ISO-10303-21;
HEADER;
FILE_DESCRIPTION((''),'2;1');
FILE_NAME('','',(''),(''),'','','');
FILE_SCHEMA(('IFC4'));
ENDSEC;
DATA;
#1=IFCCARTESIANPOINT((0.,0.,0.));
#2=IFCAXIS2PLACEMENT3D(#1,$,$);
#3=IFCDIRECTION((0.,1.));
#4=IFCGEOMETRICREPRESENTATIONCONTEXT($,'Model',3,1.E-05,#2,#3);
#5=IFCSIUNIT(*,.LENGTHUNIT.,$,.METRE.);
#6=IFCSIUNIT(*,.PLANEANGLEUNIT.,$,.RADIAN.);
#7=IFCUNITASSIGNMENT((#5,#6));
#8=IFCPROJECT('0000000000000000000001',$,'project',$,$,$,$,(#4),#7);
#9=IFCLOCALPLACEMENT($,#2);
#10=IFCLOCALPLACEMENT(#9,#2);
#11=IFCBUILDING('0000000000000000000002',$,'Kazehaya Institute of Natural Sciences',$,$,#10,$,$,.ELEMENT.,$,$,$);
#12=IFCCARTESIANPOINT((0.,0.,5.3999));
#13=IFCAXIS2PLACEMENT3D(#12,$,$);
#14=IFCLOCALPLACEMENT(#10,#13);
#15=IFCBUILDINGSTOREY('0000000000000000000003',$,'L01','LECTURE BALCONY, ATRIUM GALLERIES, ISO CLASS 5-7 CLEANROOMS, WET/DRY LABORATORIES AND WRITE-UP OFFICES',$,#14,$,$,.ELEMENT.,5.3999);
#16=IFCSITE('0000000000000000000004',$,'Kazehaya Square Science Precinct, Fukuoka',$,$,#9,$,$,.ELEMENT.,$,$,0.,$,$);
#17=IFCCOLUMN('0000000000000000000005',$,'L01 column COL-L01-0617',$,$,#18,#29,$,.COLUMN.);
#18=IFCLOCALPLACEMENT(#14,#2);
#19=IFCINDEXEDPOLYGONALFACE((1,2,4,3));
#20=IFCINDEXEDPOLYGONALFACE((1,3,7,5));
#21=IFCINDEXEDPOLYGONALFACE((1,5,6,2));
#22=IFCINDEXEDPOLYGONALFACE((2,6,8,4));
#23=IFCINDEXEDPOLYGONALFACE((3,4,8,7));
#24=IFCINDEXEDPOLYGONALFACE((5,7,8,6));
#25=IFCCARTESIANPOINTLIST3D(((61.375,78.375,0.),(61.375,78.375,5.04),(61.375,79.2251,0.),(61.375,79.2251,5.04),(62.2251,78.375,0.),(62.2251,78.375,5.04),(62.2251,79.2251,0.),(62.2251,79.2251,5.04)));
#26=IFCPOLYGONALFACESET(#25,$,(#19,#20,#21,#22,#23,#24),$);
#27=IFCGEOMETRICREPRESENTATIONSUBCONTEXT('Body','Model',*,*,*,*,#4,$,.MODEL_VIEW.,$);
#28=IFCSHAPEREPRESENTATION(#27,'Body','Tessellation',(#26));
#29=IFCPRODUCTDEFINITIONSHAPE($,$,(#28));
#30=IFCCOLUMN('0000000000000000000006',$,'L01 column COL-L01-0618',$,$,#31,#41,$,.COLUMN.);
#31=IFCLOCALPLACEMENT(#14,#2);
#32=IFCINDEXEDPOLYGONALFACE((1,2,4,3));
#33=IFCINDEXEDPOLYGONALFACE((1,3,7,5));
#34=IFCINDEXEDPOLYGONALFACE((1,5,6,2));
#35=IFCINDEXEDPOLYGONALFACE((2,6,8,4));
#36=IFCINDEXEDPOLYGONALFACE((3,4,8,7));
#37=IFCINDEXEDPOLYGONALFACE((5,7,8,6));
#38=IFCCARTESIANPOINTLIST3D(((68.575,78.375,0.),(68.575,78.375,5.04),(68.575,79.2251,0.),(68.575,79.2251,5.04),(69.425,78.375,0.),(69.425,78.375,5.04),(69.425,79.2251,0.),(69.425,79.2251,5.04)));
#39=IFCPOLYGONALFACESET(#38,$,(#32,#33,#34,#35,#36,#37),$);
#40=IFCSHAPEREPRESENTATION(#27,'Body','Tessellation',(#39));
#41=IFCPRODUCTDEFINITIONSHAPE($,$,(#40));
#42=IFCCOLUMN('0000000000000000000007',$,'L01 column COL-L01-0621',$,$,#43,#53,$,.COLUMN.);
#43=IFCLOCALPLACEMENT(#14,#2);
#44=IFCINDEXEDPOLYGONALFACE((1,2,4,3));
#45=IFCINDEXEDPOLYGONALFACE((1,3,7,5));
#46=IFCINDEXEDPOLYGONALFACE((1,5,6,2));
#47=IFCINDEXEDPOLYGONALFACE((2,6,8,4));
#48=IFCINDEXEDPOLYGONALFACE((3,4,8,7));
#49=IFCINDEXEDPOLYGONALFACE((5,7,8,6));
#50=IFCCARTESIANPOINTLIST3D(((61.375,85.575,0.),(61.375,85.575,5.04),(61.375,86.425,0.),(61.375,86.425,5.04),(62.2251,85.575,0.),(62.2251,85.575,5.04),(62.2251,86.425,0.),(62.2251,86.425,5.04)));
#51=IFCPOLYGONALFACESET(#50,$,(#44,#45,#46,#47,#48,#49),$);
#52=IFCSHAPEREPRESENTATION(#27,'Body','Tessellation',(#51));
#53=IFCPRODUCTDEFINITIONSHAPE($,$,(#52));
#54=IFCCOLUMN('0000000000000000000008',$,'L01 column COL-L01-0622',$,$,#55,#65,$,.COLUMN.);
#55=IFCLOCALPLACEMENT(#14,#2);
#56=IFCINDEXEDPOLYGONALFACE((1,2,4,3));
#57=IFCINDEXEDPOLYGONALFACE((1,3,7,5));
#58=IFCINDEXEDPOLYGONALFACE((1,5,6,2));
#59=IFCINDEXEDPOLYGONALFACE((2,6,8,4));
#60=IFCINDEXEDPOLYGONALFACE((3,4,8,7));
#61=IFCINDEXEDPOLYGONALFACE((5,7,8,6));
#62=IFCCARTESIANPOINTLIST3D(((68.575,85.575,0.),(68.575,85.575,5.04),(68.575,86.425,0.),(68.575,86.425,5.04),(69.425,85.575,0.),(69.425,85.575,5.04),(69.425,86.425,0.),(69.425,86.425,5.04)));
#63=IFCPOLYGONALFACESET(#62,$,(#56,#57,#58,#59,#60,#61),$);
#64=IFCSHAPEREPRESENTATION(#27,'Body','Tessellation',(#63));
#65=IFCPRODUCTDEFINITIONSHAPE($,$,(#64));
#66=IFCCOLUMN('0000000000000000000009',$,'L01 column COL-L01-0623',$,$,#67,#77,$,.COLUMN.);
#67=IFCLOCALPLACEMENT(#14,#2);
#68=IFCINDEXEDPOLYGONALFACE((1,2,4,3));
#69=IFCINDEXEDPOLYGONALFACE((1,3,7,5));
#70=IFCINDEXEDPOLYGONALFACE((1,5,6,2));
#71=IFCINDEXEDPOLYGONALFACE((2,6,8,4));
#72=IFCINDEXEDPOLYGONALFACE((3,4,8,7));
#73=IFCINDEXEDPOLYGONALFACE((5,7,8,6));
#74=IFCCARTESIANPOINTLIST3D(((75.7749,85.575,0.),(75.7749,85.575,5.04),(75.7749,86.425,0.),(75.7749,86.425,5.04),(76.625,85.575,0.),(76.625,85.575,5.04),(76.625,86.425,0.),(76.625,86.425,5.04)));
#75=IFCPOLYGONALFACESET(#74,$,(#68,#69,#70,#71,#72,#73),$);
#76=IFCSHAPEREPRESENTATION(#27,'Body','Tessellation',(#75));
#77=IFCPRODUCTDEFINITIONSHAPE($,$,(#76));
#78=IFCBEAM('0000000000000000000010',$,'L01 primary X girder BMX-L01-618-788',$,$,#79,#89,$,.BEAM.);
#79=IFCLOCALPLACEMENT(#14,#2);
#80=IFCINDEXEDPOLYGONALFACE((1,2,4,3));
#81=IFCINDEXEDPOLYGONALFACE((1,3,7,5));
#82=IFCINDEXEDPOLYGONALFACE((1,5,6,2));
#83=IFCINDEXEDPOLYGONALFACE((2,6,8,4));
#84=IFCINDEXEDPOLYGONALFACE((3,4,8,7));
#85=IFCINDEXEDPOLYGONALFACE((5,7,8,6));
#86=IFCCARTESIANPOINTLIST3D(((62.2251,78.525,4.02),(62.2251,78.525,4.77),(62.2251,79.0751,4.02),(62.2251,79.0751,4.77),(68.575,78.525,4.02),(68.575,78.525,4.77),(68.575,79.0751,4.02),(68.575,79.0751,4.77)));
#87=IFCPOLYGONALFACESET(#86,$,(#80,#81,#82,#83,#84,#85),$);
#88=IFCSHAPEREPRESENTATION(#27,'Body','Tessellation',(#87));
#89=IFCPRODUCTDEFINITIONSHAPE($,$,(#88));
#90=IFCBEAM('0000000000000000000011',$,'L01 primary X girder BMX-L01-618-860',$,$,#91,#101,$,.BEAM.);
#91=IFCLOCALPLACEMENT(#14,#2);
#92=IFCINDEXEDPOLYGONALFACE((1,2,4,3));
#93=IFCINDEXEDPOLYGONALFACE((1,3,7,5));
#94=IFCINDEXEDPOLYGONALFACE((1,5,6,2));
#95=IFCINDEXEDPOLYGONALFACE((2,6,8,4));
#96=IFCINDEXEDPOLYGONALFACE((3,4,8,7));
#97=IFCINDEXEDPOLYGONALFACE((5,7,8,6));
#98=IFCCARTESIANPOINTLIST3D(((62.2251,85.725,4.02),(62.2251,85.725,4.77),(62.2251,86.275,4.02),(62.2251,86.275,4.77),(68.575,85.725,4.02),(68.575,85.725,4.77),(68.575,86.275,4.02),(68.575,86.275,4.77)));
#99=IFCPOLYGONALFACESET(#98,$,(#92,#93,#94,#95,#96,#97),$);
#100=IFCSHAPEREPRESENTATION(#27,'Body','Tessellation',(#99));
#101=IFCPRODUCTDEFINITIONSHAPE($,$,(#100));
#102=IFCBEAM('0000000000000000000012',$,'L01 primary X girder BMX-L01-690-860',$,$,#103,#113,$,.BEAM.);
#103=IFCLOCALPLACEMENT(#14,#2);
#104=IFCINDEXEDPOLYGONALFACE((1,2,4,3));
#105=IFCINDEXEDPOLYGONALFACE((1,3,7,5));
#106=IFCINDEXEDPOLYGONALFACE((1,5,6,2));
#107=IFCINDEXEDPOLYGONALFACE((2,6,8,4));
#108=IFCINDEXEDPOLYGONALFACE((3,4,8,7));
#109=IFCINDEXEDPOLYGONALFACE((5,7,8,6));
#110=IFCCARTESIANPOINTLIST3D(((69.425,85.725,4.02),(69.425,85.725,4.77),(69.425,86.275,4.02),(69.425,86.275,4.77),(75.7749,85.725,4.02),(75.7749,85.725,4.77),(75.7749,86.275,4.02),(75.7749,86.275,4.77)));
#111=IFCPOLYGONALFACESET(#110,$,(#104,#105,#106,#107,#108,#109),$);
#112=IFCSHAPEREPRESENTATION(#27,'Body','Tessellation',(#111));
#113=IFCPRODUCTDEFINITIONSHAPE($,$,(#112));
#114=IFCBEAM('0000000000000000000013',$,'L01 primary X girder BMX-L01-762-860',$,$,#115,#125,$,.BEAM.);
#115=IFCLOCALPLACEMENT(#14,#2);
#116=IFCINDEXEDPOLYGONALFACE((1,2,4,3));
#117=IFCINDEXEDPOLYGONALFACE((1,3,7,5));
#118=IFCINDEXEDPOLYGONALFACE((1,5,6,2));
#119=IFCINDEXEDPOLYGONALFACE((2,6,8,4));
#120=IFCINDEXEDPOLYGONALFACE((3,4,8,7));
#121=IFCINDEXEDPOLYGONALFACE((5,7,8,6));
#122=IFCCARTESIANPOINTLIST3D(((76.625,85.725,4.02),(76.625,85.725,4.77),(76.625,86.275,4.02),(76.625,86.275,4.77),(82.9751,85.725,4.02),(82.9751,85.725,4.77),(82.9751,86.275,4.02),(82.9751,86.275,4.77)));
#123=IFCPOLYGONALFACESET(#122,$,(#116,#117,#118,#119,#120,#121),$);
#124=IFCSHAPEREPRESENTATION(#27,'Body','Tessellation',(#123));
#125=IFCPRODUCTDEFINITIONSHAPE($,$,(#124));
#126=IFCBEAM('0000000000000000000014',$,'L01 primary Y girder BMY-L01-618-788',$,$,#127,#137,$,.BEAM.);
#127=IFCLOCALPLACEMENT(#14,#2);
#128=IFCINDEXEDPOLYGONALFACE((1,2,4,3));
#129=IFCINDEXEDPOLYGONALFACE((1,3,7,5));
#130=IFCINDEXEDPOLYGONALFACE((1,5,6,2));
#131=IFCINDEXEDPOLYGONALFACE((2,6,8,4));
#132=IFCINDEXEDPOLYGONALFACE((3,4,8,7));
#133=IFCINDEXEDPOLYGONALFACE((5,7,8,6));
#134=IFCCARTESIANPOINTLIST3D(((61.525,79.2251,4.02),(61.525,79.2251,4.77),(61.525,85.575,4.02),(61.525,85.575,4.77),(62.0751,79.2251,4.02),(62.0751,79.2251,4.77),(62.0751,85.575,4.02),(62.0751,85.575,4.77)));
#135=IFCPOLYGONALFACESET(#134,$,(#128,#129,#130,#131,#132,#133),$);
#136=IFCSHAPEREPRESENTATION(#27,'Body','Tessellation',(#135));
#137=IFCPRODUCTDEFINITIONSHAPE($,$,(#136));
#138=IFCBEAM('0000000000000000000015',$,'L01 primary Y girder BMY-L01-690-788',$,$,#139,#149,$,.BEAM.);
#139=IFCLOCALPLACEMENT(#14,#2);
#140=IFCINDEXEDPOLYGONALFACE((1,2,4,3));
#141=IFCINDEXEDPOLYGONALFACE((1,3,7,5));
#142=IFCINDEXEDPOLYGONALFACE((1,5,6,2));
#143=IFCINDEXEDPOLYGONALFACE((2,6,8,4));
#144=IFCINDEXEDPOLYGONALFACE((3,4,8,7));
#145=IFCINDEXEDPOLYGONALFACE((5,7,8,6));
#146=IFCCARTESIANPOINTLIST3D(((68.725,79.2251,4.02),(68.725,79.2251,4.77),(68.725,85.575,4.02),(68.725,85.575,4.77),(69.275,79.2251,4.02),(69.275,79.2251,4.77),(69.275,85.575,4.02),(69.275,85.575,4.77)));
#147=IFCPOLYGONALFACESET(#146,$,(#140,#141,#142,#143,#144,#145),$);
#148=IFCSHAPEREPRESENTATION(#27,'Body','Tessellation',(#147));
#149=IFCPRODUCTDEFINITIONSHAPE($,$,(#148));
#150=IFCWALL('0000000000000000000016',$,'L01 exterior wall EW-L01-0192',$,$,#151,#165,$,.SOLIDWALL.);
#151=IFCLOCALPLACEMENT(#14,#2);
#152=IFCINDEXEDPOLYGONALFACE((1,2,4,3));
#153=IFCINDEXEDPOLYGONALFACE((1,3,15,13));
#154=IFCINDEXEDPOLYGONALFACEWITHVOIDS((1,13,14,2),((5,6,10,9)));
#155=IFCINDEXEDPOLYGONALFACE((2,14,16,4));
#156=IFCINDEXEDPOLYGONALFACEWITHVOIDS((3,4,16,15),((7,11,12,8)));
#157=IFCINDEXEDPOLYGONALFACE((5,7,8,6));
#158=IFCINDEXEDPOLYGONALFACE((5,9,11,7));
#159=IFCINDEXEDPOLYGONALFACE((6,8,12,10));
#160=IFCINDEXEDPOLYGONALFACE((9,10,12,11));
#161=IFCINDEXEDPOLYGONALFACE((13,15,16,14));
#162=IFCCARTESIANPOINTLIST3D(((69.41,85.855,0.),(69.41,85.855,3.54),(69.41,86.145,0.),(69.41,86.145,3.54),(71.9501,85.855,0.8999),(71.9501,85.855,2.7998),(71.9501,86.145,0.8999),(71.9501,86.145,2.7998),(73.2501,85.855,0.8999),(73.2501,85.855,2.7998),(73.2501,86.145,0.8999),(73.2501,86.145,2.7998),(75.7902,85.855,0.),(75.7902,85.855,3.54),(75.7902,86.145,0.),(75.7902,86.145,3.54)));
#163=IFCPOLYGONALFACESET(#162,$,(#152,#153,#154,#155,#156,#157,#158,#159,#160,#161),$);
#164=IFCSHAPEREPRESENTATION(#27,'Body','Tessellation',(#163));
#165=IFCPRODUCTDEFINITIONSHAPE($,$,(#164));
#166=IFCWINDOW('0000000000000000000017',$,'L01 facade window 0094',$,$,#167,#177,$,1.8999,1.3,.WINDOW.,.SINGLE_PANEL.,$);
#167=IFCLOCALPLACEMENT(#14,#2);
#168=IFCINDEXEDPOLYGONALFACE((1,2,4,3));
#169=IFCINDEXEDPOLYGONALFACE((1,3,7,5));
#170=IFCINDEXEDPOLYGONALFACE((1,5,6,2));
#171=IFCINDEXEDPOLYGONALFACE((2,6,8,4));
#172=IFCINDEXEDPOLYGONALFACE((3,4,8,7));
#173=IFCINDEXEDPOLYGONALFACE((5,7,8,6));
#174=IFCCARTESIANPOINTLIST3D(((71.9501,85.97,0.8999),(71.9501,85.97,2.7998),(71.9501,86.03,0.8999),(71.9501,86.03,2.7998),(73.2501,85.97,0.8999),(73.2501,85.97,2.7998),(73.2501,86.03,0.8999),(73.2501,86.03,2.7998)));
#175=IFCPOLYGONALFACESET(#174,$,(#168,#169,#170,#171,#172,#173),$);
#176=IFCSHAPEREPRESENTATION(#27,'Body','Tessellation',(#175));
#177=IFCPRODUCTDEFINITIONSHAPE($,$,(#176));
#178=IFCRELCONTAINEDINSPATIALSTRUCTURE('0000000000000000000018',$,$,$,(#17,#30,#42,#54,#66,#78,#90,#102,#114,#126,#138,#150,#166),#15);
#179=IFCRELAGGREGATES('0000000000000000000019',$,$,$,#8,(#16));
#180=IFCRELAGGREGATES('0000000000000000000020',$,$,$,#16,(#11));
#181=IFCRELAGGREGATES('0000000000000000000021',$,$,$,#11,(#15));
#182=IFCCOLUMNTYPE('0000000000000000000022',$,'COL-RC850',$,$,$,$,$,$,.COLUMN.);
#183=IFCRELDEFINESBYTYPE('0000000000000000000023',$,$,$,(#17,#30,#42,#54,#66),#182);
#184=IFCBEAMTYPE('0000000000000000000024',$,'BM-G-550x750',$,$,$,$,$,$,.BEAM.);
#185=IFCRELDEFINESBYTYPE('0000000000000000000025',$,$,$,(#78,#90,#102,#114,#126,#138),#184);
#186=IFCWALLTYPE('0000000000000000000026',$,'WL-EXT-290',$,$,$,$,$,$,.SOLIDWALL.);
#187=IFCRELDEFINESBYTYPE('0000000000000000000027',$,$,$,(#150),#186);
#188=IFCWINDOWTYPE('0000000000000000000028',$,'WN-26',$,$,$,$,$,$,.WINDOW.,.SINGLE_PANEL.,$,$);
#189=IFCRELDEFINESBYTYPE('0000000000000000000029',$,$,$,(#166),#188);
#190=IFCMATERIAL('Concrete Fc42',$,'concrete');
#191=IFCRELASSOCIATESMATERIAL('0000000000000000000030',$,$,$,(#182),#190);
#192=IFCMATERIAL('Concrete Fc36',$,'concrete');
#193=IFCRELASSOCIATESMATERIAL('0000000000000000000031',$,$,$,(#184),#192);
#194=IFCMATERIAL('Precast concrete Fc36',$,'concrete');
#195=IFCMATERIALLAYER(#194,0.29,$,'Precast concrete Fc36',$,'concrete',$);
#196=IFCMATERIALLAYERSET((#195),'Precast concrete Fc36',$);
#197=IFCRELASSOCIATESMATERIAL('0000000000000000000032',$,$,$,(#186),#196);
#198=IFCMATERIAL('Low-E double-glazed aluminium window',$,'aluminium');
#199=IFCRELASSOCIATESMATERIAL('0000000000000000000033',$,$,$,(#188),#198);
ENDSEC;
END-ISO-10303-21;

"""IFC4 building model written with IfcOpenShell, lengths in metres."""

from ifc_helpers import new_model, si_unit, direction, frame, frame_2d, origin, origin_2d, place, context, subcontext, project, spatial, rectangle, extrude, material, layer, layer_set, material_profile, profile_set, type_object, element, fill, save


model = new_model("IFC4")

# Units and contexts
model_context = context("Model", 3, precision=1e-05, world=origin(), true_north=direction((0.0, 1.0)))
body_context = subcontext(model_context, "Body", "Model", "MODEL_VIEW")
ifc_project = project(units=[si_unit("LENGTHUNIT", "METRE"), si_unit("PLANEANGLEUNIT", "RADIAN")], contexts=[model_context])

# Site, building, storey
site_placement = place(None, origin())
site = spatial("IfcSite", under=ifc_project, at=site_placement, Name="Kazehaya Square Science Precinct, Fukuoka", CompositionType="ELEMENT", RefElevation=0.0)
building_placement = place(site_placement, origin())
building = spatial("IfcBuilding", under=site, at=building_placement, Name="Kazehaya Institute of Natural Sciences", CompositionType="ELEMENT")
storey_placement = place(building_placement, frame((0.0, 0.0, 5.3999)))
storey = spatial("IfcBuildingStorey", under=building, at=storey_placement, Name="L01", Description="LECTURE BALCONY, ATRIUM GALLERIES, ISO CLASS 5-7 CLEANROOMS, WET/DRY LABORATORIES AND WRITE-UP OFFICES", CompositionType="ELEMENT", Elevation=5.3999)

# Columns
ifc_material_1 = material(Name="Concrete Fc42", Category="concrete")
ifc_material_profile_1 = material_profile(ifc_material_1, rectangle(XDim=0.8501, YDim=0.8501, at=origin_2d()), Name="RC-850x850")
ifc_profile_set_1 = profile_set([ifc_material_profile_1], Name="Concrete Fc42")
column_type = type_object("IfcColumnType", Name="COL-RC850", PredefinedType="COLUMN", material=ifc_profile_set_1)
for number, where, z_axis, x_axis, name in (
    (1, (61.8, 78.8, 0.0), (0.0, 0.0, 1.0), (1.0, 0.0, 0.0), "L01 column COL-L01-0617"),
    (2, (69.0, 78.8, 0.0), (0.0, 0.0, 1.0), (1.0, 0.0, 0.0), "L01 column COL-L01-0618"),
    (3, (61.8, 86.0, 0.0), (0.0, 0.0, 1.0), (1.0, 0.0, 0.0), "L01 column COL-L01-0621"),
    (4, (69.0, 86.0, 0.0), (0.0, 0.0, 1.0), (1.0, 0.0, 0.0), "L01 column COL-L01-0622"),
    (5, (76.2, 86.0, 0.0), (0.0, 0.0, 1.0), (1.0, 0.0, 0.0), "L01 column COL-L01-0623"),
):
    element("IfcColumn", number, at=place(storey_placement, frame(where, z_axis=z_axis, x_axis=x_axis)), inside=storey, type_object=column_type, Name=name, PredefinedType="COLUMN", context=body_context, shape_type="SweptSolid", body=[
        extrude(rectangle(XDim=0.8501, YDim=0.8501, at=origin_2d()), origin(), (0.0, 0.0, 1.0), 5.04),
    ])

# Beams
ifc_material_2 = material(Name="Concrete Fc36", Category="concrete")
ifc_material_profile_2 = material_profile(ifc_material_2, rectangle(XDim=0.55, YDim=0.75, at=origin_2d()), Name="RC-550x750")
ifc_profile_set_2 = profile_set([ifc_material_profile_2], Name="Concrete Fc36")
beam_type = type_object("IfcBeamType", Name="BM-G-550x750", PredefinedType="BEAM", material=ifc_profile_set_2)
for number, where, z_axis, x_axis, name in (
    (6, (62.2251, 78.8, 4.395), (1.0, 0.0, 0.0), (0.0, 1.0, 0.0), "L01 primary X girder BMX-L01-618-788"),
    (7, (62.2251, 86.0, 4.395), (1.0, 0.0, 0.0), (0.0, 1.0, 0.0), "L01 primary X girder BMX-L01-618-860"),
    (8, (69.425, 86.0, 4.395), (1.0, 0.0, 0.0), (0.0, 1.0, 0.0), "L01 primary X girder BMX-L01-690-860"),
):
    element("IfcBeam", number, at=place(storey_placement, frame(where, z_axis=z_axis, x_axis=x_axis)), inside=storey, type_object=beam_type, Name=name, PredefinedType="BEAM", context=body_context, shape_type="SweptSolid", body=[
        extrude(rectangle(XDim=0.55, YDim=0.75, at=origin_2d()), origin(), (0.0, 0.0, 1.0), 6.3499),
    ])
beam_placement = place(storey_placement, frame((76.625, 86.0, 4.395), z_axis=(1.0, 0.0, 0.0), x_axis=(0.0, 1.0, 0.0)))
element("IfcBeam", 9, at=beam_placement, inside=storey, type_object=beam_type, Name="L01 primary X girder BMX-L01-762-860", PredefinedType="BEAM", context=body_context, shape_type="SweptSolid", body=[
    extrude(rectangle(XDim=0.55, YDim=0.75, at=origin_2d()), origin(), (0.0, 0.0, 1.0), 6.3501),
])
for number, where, z_axis, x_axis, name in (
    (10, (61.8, 79.2251, 4.395), (0.0, 1.0, 0.0), (-1.0, 0.0, 0.0), "L01 primary Y girder BMY-L01-618-788"),
    (11, (69.0, 79.2251, 4.395), (0.0, 1.0, 0.0), (-1.0, 0.0, 0.0), "L01 primary Y girder BMY-L01-690-788"),
):
    element("IfcBeam", number, at=place(storey_placement, frame(where, z_axis=z_axis, x_axis=x_axis)), inside=storey, type_object=beam_type, Name=name, PredefinedType="BEAM", context=body_context, shape_type="SweptSolid", body=[
        extrude(rectangle(XDim=0.55, YDim=0.75, at=origin_2d()), origin(), (0.0, 0.0, 1.0), 6.3499),
    ])

# Wall, opening, window
ifc_material_3 = material(Name="Precast concrete Fc36", Category="concrete")
ifc_layer_1 = layer(ifc_material_3, 0.29, Name="Precast concrete Fc36", Category="concrete")
ifc_layer_set_1 = layer_set([ifc_layer_1], Name="Precast concrete Fc36")
wall_type_1 = type_object("IfcWallType", Name="WL-EXT-290", PredefinedType="SOLIDWALL", material=ifc_layer_set_1)
wall_1_placement = place(storey_placement, frame((75.79, 86.0, 0.0), z_axis=(0.0, 0.0, 1.0), x_axis=(-1.0, 0.0, 0.0)))
wall_1 = element("IfcWall", 12, at=wall_1_placement, inside=storey, type_object=wall_type_1, Name="L01 exterior wall EW-L01-0192", PredefinedType="SOLIDWALL", context=body_context, shape_type="SweptSolid", body=[
    extrude(rectangle(XDim=6.3801, YDim=0.29, at=frame_2d((3.1899, 0.0))), origin(), (0.0, 0.0, 1.0), 3.54),
])
opening_1_placement = place(wall_1_placement, frame((2.54, 0.0, 0.8999)))
opening_1 = element("IfcOpeningElement", 13, at=opening_1_placement, cuts=wall_1, PredefinedType="OPENING", context=body_context, shape_type="SweptSolid", body=[
    extrude(rectangle(XDim=1.3, YDim=1.8999, at=frame_2d((0.6499, 0.95))), frame((0.0, 0.155, 0.0), z_axis=(0.0, -1.0, 0.0), x_axis=(1.0, 0.0, 0.0)), (0.0, 0.0, 1.0), 0.3101),
])
ifc_material_4 = material(Name="Low-E double-glazed aluminium window", Category="aluminium")
window_type_1 = type_object("IfcWindowType", Name="WN-26", PartitioningType="SINGLE_PANEL", PredefinedType="WINDOW", material=ifc_material_4)
window_1_placement = place(opening_1_placement, origin())
window_1 = element("IfcWindow", 14, at=window_1_placement, inside=storey, type_object=window_type_1, Name="L01 facade window 0094", OverallHeight=1.8999, OverallWidth=1.3, PartitioningType="SINGLE_PANEL", PredefinedType="WINDOW", context=body_context, shape_type="SweptSolid", body=[
    extrude(rectangle(XDim=1.3, YDim=1.8999, at=frame_2d((0.6499, 0.95))), frame((0.0, 0.03, 0.0), z_axis=(0.0, -1.0, 0.0), x_axis=(1.0, 0.0, 0.0)), (0.0, 0.0, 1.0), 0.0601),
])
fill(opening_1, window_1)

save(model, "model.ifc")
